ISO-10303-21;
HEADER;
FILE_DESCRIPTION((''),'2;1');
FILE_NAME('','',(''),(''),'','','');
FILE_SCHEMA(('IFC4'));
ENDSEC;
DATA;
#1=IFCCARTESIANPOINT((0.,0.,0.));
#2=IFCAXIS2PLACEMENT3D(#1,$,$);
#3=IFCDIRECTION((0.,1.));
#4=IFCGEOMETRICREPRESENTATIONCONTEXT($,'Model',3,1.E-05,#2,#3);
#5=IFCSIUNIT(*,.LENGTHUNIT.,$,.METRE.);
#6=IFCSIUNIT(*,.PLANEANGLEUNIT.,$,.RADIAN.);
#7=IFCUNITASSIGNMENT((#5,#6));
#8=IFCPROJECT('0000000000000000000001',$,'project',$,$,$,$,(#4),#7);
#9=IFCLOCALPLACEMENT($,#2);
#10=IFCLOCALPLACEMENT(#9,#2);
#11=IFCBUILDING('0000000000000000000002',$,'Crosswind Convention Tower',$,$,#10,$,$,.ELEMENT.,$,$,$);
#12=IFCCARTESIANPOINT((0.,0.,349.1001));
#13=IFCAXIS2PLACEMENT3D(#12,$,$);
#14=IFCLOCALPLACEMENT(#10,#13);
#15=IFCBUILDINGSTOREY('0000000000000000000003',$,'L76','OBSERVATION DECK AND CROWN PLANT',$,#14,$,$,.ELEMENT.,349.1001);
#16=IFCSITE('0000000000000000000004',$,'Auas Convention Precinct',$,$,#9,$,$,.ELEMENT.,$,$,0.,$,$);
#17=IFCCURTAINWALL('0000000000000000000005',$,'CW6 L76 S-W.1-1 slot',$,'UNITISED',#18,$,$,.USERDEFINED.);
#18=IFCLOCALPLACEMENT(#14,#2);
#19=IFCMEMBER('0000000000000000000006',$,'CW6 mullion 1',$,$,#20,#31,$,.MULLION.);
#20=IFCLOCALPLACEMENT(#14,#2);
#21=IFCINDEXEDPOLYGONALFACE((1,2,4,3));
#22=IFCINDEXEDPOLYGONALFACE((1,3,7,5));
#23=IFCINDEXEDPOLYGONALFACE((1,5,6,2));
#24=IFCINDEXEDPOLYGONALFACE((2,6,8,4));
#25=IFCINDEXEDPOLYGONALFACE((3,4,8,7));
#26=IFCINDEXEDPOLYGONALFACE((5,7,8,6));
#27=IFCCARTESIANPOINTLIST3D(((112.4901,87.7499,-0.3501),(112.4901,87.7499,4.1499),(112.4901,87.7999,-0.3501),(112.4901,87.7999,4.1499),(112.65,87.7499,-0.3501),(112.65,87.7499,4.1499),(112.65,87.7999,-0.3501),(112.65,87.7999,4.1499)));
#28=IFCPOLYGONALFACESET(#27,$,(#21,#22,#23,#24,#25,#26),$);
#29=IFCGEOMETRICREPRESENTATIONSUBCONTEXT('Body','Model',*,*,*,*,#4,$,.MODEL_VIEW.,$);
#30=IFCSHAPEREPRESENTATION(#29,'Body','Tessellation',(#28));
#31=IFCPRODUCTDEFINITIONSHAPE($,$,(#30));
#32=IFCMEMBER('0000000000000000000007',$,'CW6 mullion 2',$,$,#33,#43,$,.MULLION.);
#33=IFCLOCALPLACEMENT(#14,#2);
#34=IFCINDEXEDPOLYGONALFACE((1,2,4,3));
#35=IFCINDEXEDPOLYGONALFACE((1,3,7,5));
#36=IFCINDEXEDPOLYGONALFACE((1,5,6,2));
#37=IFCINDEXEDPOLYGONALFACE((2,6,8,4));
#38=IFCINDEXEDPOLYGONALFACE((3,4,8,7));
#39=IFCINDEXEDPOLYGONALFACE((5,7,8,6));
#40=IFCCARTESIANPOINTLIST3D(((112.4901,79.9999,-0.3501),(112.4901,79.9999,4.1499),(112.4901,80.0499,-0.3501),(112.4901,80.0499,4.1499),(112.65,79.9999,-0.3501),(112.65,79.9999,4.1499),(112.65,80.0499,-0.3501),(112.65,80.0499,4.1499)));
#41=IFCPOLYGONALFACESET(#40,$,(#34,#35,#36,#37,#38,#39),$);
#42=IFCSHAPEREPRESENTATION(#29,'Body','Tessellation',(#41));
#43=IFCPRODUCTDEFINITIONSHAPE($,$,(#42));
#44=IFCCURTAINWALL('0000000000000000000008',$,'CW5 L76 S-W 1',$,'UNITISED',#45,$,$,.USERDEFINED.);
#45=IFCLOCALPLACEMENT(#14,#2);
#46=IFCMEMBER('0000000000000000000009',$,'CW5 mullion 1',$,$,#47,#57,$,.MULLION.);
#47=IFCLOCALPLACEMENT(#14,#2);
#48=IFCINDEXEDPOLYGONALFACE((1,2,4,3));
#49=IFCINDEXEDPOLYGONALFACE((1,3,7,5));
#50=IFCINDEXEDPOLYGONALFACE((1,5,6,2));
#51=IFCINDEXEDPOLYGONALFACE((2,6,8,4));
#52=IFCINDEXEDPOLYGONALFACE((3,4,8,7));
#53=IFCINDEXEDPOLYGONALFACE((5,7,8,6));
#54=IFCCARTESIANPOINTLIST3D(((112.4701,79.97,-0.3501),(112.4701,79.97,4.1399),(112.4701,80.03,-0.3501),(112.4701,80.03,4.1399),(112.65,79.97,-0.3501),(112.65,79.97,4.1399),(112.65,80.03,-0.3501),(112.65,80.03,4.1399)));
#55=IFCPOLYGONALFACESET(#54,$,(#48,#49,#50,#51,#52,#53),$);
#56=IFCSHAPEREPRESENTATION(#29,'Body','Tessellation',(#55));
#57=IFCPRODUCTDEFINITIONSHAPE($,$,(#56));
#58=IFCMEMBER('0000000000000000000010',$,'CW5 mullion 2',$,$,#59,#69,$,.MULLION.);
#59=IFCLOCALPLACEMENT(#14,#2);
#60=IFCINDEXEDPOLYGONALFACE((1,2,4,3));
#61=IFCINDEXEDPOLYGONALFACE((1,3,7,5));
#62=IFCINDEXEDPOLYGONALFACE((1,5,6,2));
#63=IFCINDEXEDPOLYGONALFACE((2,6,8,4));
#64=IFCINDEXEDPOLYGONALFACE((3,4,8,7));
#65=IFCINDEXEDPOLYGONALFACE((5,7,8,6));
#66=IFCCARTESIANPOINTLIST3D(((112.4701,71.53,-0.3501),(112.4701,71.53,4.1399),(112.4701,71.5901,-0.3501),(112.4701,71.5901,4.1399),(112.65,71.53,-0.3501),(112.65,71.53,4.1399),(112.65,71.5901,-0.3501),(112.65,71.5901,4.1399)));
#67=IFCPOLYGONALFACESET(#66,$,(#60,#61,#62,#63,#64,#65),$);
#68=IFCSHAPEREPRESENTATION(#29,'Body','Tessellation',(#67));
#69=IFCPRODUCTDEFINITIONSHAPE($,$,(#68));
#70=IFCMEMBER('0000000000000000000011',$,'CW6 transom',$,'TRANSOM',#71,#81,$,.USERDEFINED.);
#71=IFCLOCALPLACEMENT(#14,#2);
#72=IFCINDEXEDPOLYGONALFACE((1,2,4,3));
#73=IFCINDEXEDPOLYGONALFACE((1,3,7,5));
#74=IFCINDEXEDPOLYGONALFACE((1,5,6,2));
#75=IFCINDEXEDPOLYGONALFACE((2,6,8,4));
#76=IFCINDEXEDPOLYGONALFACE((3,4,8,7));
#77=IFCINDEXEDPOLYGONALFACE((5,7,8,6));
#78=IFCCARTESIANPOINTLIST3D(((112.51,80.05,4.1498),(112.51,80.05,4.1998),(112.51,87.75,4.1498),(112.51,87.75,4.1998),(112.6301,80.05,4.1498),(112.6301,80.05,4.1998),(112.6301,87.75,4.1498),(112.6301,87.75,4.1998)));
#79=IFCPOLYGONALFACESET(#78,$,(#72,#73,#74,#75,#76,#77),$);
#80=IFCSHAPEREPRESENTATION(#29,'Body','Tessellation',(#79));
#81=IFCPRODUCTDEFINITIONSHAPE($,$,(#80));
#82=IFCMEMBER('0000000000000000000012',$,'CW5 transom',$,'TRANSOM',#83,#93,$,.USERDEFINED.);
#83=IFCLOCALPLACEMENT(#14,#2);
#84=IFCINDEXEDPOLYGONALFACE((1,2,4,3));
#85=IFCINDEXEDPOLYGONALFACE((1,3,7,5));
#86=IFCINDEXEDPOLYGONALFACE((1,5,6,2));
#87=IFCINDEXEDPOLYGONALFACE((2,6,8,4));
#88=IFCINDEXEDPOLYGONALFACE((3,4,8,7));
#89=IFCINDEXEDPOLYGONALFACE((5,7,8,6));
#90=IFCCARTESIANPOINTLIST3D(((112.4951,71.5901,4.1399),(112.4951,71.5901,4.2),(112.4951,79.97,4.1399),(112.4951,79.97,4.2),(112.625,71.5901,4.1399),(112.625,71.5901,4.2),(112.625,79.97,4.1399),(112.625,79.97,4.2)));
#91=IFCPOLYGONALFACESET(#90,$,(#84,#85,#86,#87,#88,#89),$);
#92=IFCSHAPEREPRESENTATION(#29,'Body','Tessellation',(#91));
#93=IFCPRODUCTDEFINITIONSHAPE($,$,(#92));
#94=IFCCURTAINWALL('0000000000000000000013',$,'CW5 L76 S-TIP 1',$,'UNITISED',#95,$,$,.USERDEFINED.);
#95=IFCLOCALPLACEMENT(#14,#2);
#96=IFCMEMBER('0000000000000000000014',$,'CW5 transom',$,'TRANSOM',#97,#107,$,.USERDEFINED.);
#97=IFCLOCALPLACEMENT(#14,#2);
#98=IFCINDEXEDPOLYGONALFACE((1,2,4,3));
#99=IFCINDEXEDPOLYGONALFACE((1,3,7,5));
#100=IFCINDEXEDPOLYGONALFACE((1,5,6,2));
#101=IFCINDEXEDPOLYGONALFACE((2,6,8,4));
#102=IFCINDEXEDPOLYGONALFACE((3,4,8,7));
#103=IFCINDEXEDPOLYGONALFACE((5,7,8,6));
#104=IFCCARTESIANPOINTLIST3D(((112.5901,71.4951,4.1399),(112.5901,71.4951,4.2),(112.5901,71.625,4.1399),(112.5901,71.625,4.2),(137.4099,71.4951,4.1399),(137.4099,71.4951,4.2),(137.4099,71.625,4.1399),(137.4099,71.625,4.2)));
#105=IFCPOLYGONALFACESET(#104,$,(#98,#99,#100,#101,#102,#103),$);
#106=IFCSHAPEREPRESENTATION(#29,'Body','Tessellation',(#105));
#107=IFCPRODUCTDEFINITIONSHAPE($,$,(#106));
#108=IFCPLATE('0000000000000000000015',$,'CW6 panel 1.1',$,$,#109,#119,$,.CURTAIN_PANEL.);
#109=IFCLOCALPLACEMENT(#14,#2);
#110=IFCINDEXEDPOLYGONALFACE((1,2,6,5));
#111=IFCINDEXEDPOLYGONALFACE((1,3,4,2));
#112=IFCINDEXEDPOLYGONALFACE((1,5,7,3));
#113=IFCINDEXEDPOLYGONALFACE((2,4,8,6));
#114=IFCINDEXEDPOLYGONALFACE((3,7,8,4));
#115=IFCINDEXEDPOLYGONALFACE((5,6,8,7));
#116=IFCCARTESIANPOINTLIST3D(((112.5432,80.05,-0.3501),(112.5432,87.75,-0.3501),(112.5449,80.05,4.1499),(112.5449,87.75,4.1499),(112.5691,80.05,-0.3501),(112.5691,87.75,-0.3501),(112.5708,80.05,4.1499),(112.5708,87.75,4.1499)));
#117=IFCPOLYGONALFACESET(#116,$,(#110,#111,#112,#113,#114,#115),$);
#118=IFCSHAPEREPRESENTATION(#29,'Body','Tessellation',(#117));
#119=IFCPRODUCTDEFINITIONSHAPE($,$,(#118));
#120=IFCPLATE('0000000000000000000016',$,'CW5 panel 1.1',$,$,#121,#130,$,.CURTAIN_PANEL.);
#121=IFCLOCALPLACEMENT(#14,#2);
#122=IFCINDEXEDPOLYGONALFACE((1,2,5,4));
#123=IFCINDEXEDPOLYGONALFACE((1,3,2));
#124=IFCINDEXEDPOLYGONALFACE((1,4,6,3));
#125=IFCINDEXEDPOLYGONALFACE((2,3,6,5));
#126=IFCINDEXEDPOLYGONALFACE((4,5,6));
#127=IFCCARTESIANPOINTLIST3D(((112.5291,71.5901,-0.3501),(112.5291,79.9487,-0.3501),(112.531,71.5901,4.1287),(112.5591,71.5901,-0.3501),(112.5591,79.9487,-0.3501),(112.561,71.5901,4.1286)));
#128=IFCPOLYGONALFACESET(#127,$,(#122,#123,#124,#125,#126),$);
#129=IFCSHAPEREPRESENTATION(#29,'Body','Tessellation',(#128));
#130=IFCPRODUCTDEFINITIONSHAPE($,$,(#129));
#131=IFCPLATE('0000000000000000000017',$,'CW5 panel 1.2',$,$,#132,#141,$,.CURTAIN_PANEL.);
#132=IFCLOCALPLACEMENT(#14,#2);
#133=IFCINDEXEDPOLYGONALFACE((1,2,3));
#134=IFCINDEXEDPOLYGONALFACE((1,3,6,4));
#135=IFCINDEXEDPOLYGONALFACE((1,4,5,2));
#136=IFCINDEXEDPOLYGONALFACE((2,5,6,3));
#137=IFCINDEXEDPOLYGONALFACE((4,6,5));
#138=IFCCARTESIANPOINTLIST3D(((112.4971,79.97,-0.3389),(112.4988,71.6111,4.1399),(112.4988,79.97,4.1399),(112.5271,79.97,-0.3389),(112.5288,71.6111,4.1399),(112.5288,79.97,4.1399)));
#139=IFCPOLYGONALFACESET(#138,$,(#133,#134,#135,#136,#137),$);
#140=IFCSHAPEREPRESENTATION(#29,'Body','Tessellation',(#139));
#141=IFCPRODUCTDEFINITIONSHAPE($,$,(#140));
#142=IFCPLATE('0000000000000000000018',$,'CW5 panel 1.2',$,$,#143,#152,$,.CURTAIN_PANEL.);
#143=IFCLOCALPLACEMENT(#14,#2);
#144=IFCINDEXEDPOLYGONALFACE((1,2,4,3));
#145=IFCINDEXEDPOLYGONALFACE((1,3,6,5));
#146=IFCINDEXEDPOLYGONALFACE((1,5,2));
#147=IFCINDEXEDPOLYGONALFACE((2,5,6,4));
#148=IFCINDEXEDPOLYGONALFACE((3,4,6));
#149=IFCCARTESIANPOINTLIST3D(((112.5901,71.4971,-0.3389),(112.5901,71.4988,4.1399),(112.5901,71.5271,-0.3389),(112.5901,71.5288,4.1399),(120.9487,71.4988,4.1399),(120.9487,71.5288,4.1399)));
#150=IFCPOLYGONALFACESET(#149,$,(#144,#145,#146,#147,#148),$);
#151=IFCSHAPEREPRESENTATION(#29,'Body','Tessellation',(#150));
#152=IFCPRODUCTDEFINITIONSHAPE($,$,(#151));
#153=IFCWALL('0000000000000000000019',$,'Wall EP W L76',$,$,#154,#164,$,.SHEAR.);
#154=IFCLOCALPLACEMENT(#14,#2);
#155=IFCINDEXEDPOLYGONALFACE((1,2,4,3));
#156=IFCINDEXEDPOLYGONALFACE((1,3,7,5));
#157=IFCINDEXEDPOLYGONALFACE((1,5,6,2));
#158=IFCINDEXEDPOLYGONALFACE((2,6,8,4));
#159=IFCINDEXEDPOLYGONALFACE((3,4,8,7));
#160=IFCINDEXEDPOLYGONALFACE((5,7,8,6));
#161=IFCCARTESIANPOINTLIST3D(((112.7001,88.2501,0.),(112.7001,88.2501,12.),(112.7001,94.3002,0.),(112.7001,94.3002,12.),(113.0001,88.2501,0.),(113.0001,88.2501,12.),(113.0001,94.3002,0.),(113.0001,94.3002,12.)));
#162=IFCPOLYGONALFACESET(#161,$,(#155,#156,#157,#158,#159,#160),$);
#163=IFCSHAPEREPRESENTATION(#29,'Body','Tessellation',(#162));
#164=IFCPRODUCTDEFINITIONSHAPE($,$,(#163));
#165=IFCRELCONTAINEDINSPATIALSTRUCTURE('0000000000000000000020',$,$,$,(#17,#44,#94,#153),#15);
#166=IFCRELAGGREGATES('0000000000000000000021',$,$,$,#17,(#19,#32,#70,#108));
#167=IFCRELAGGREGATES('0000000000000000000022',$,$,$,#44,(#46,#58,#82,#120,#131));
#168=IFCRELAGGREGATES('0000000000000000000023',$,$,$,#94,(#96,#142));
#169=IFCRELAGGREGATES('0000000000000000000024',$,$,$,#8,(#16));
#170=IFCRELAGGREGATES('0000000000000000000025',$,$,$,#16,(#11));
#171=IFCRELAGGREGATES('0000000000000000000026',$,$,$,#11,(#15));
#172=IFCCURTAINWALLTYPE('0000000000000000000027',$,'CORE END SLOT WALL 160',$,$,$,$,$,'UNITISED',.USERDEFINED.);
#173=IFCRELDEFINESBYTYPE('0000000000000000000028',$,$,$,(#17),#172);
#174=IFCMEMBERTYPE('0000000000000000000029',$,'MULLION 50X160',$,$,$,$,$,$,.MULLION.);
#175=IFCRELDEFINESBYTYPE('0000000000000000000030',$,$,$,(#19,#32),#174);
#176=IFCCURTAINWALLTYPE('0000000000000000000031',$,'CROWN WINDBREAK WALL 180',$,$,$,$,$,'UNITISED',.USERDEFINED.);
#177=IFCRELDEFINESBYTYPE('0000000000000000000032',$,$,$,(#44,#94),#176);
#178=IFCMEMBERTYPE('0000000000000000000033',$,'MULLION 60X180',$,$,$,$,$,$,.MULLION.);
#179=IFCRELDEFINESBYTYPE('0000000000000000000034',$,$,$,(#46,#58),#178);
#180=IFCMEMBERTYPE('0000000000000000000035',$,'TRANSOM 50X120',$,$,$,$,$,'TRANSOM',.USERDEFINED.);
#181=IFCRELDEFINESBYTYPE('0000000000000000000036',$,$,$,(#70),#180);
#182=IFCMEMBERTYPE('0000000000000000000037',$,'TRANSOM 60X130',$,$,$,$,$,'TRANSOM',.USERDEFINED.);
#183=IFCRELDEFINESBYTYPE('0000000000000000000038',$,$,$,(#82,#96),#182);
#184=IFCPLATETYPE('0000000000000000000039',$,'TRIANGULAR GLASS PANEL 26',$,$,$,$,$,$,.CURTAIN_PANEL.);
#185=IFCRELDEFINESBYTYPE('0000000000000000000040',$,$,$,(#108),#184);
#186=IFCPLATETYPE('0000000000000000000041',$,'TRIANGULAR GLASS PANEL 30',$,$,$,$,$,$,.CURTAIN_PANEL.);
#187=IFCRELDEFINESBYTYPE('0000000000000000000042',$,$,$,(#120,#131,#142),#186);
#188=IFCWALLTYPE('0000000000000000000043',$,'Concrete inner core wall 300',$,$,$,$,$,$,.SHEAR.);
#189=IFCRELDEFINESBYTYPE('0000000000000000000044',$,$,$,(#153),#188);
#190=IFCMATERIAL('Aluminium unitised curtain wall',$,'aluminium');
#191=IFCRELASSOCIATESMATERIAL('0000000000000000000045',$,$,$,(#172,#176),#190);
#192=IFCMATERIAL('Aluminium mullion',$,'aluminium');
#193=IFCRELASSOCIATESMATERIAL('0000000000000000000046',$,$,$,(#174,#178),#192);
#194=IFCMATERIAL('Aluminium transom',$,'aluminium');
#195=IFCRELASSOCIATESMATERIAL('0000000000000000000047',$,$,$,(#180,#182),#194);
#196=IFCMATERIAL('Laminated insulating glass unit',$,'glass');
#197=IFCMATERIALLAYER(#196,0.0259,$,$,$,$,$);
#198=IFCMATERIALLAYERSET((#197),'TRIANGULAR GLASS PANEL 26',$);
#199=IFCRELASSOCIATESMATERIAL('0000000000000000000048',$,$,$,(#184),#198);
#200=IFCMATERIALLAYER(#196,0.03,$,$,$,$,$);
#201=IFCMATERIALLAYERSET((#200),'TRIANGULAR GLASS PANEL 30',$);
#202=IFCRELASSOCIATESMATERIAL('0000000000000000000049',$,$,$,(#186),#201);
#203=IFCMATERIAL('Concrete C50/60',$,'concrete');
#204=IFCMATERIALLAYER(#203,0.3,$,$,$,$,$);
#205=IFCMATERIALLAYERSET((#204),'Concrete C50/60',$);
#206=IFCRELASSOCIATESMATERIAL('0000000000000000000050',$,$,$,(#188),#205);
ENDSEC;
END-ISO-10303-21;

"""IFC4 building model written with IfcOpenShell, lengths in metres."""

from ifc_helpers import new_model, si_unit, direction, frame, frame_2d, origin, origin_2d, place, context, subcontext, project, spatial, polyline, rectangle, outline, extrude, material, layer, layer_set, material_profile, profile_set, type_object, element, aggregate, save


model = new_model("IFC4")

# Units and contexts
model_context = context("Model", 3, precision=1e-05, world=origin(), true_north=direction((0.0, 1.0)))
body_context = subcontext(model_context, "Body", "Model", "MODEL_VIEW")
ifc_project = project(units=[si_unit("LENGTHUNIT", "METRE"), si_unit("PLANEANGLEUNIT", "RADIAN")], contexts=[model_context])

# Site, building, storey
site_placement = place(None, origin())
site = spatial("IfcSite", under=ifc_project, at=site_placement, Name="Auas Convention Precinct", CompositionType="ELEMENT", RefElevation=0.0)
building_placement = place(site_placement, origin())
building = spatial("IfcBuilding", under=site, at=building_placement, Name="Crosswind Convention Tower", CompositionType="ELEMENT")
storey_placement = place(building_placement, frame((0.0, 0.0, 349.1001)))
storey = spatial("IfcBuildingStorey", under=building, at=storey_placement, Name="L76", Description="OBSERVATION DECK AND CROWN PLANT", CompositionType="ELEMENT", Elevation=349.1001)

# Curtain walls, members
ifc_material_1 = material(Name="Aluminium unitised curtain wall", Category="aluminium")
curtain_wall_type_1 = type_object("IfcCurtainWallType", Name="CORE END SLOT WALL 160", ElementType="UNITISED", PredefinedType="USERDEFINED", material=ifc_material_1)
curtain_wall_1_placement = place(storey_placement, origin())
curtain_wall_1 = element("IfcCurtainWall", 1, at=curtain_wall_1_placement, inside=storey, type_object=curtain_wall_type_1, Name="CW6 L76 S-W.1-1 slot", ObjectType="UNITISED", PredefinedType="USERDEFINED")
ifc_material_2 = material(Name="Aluminium mullion", Category="aluminium")
ifc_material_profile_1 = material_profile(ifc_material_2, rectangle(XDim=0.1599, YDim=0.05, at=origin_2d()), Name="AL 160X50")
ifc_profile_set_1 = profile_set([ifc_material_profile_1], Name="Aluminium mullion")
member_type_1 = type_object("IfcMemberType", Name="MULLION 50X160", PredefinedType="MULLION", material=ifc_profile_set_1)
member_1_placement = place(storey_placement, frame((112.5701, 87.7749, -0.3501), z_axis=(0.0, 0.0, 1.0), x_axis=(-1.0, 0.0, 0.0)))
member_1 = element("IfcMember", 2, at=member_1_placement, type_object=member_type_1, Name="CW6 mullion 1", PredefinedType="MULLION", context=body_context, shape_type="SweptSolid", body=[
    extrude(rectangle(XDim=0.1599, YDim=0.05, at=origin_2d()), origin(), (0.0, 0.0, 1.0), 4.5),
])
member_2_placement = place(storey_placement, frame((112.5701, 80.0249, -0.3501), z_axis=(0.0, 0.0, 1.0), x_axis=(-1.0, 0.0, 0.0)))
member_2 = element("IfcMember", 3, at=member_2_placement, type_object=member_type_1, Name="CW6 mullion 2", PredefinedType="MULLION", context=body_context, shape_type="SweptSolid", body=[
    extrude(rectangle(XDim=0.1599, YDim=0.05, at=origin_2d()), origin(), (0.0, 0.0, 1.0), 4.5),
])
curtain_wall_type_2 = type_object("IfcCurtainWallType", Name="CROWN WINDBREAK WALL 180", ElementType="UNITISED", PredefinedType="USERDEFINED", material=ifc_material_1)
curtain_wall_2_placement = place(storey_placement, origin())
curtain_wall_2 = element("IfcCurtainWall", 4, at=curtain_wall_2_placement, inside=storey, type_object=curtain_wall_type_2, Name="CW5 L76 S-W 1", ObjectType="UNITISED", PredefinedType="USERDEFINED")
ifc_material_profile_2 = material_profile(ifc_material_2, rectangle(XDim=0.1799, YDim=0.0601, at=origin_2d()), Name="AL 180X60")
ifc_profile_set_2 = profile_set([ifc_material_profile_2], Name="Aluminium mullion")
member_type_2 = type_object("IfcMemberType", Name="MULLION 60X180", PredefinedType="MULLION", material=ifc_profile_set_2)
member_3_placement = place(storey_placement, frame((112.5601, 80.0, -0.3501), z_axis=(0.0, 0.0, 1.0), x_axis=(-1.0, 0.0, 0.0)))
member_3 = element("IfcMember", 5, at=member_3_placement, type_object=member_type_2, Name="CW5 mullion 1", PredefinedType="MULLION", context=body_context, shape_type="SweptSolid", body=[
    extrude(rectangle(XDim=0.1799, YDim=0.0601, at=origin_2d()), origin(), (0.0, 0.0, 1.0), 4.49),
])
member_4_placement = place(storey_placement, frame((112.5601, 71.5601, -0.3501), z_axis=(0.0, 0.0, 1.0), x_axis=(-1.0, 0.0, 0.0)))
member_4 = element("IfcMember", 6, at=member_4_placement, type_object=member_type_2, Name="CW5 mullion 2", PredefinedType="MULLION", context=body_context, shape_type="SweptSolid", body=[
    extrude(rectangle(XDim=0.1799, YDim=0.0601, at=origin_2d()), origin(), (0.0, 0.0, 1.0), 4.49),
])

# Members
ifc_material_3 = material(Name="Aluminium transom", Category="aluminium")
ifc_material_profile_3 = material_profile(ifc_material_3, rectangle(XDim=0.1201, YDim=0.05, at=origin_2d()), Name="AL 120X50")
ifc_profile_set_3 = profile_set([ifc_material_profile_3], Name="Aluminium transom")
member_type_3 = type_object("IfcMemberType", Name="TRANSOM 50X120", ElementType="TRANSOM", PredefinedType="USERDEFINED", material=ifc_profile_set_3)
member_5_placement = place(storey_placement, frame((112.5701, 87.75, 4.1748), z_axis=(0.0, -1.0, 0.0), x_axis=(1.0, 0.0, 0.0)))
member_5 = element("IfcMember", 7, at=member_5_placement, type_object=member_type_3, Name="CW6 transom", ObjectType="TRANSOM", PredefinedType="USERDEFINED", context=body_context, shape_type="SweptSolid", body=[
    extrude(rectangle(XDim=0.1201, YDim=0.05, at=origin_2d()), origin(), (0.0, 0.0, 1.0), 7.7),
])
ifc_material_profile_4 = material_profile(ifc_material_3, rectangle(XDim=0.1299, YDim=0.0601, at=origin_2d()), Name="AL 130X60")
ifc_profile_set_4 = profile_set([ifc_material_profile_4], Name="Aluminium transom")
member_type_4 = type_object("IfcMemberType", Name="TRANSOM 60X130", ElementType="TRANSOM", PredefinedType="USERDEFINED", material=ifc_profile_set_4)
member_6_placement = place(storey_placement, frame((112.5601, 79.97, 4.1699), z_axis=(0.0, -1.0, 0.0), x_axis=(1.0, 0.0, 0.0)))
member_6 = element("IfcMember", 8, at=member_6_placement, type_object=member_type_4, Name="CW5 transom", ObjectType="TRANSOM", PredefinedType="USERDEFINED", context=body_context, shape_type="SweptSolid", body=[
    extrude(rectangle(XDim=0.1299, YDim=0.0601, at=origin_2d()), origin(), (0.0, 0.0, 1.0), 8.3799),
])

# Curtain wall, member
curtain_wall_3_placement = place(storey_placement, origin())
curtain_wall_3 = element("IfcCurtainWall", 9, at=curtain_wall_3_placement, inside=storey, type_object=curtain_wall_type_2, Name="CW5 L76 S-TIP 1", ObjectType="UNITISED", PredefinedType="USERDEFINED")
member_7_placement = place(storey_placement, frame((112.5901, 71.5601, 4.1699), z_axis=(1.0, 0.0, 0.0), x_axis=(0.0, 1.0, 0.0)))
member_7 = element("IfcMember", 10, at=member_7_placement, type_object=member_type_4, Name="CW5 transom", ObjectType="TRANSOM", PredefinedType="USERDEFINED", context=body_context, shape_type="SweptSolid", body=[
    extrude(rectangle(XDim=0.1299, YDim=0.0601, at=origin_2d()), origin(), (0.0, 0.0, 1.0), 24.8198),
])

# Plates
ifc_material_4 = material(Name="Laminated insulating glass unit", Category="glass")
ifc_layer_1 = layer(ifc_material_4, 0.0259)
ifc_layer_set_1 = layer_set([ifc_layer_1], Name="TRIANGULAR GLASS PANEL 26")
plate_type_1 = type_object("IfcPlateType", Name="TRIANGULAR GLASS PANEL 26", PredefinedType="CURTAIN_PANEL", material=ifc_layer_set_1)
plate_1_placement = place(storey_placement, frame((112.5432, 87.75, -0.3501), z_axis=(-1.0, 0.0, 0.00038), x_axis=(0.0, -1.0, 0.0)))
plate_1 = element("IfcPlate", 11, at=plate_1_placement, type_object=plate_type_1, Name="CW6 panel 1.1", PredefinedType="CURTAIN_PANEL", context=body_context, shape_type="SweptSolid", body=[
    extrude(outline(polyline([(0.0, 0.0), (7.7, 0.0), (7.7, 4.5), (0.0, 4.5), (0.0, 0.0)])), origin(), (0.0, 0.0, -1.0), 0.0259),
])
aggregate(curtain_wall_1, [member_1, member_2, member_5, plate_1])
ifc_layer_2 = layer(ifc_material_4, 0.03)
ifc_layer_set_2 = layer_set([ifc_layer_2], Name="TRIANGULAR GLASS PANEL 30")
plate_type_2 = type_object("IfcPlateType", Name="TRIANGULAR GLASS PANEL 30", PredefinedType="CURTAIN_PANEL", material=ifc_layer_set_2)
plate_2_placement = place(storey_placement, frame((112.5291, 71.5901, -0.3501), z_axis=(-1.0, 0.0, 0.000436), x_axis=(0.000436, 0.0, 1.0)))
plate_2 = element("IfcPlate", 12, at=plate_2_placement, type_object=plate_type_2, Name="CW5 panel 1.1", PredefinedType="CURTAIN_PANEL", context=body_context, shape_type="SweptSolid", body=[
    extrude(outline(polyline([(0.0, 0.0), (4.4788, 0.0), (0.0, 8.3586), (0.0, 0.0)])), origin(), (0.0, 0.0, -1.0), 0.03),
])
plate_3_placement = place(storey_placement, frame((112.4988, 79.97, 4.1399), z_axis=(-1.0, 0.0, 0.000382), x_axis=(-0.000382, 0.0, -1.0)))
plate_3 = element("IfcPlate", 13, at=plate_3_placement, type_object=plate_type_2, Name="CW5 panel 1.2", PredefinedType="CURTAIN_PANEL", context=body_context, shape_type="SweptSolid", body=[
    extrude(outline(polyline([(0.0, 0.0), (4.4788, 0.0), (0.0, 8.3589), (0.0, 0.0)])), origin(), (0.0, 0.0, -1.0), 0.03),
])
plate_4_placement = place(storey_placement, frame((112.5901, 71.4988, 4.1399), z_axis=(0.0, -1.0, 0.000382), x_axis=(0.0, -0.000382, -1.0)))
plate_4 = element("IfcPlate", 14, at=plate_4_placement, type_object=plate_type_2, Name="CW5 panel 1.2", PredefinedType="CURTAIN_PANEL", context=body_context, shape_type="SweptSolid", body=[
    extrude(outline(polyline([(0.0, 0.0), (4.4788, 0.0), (0.0, 8.3586), (0.0, 0.0)])), origin(), (0.0, 0.0, -1.0), 0.03),
])

# Wall
ifc_material_5 = material(Name="Concrete C50/60", Category="concrete")
ifc_layer_3 = layer(ifc_material_5, 0.3)
ifc_layer_set_3 = layer_set([ifc_layer_3], Name="Concrete C50/60")
wall_type_1 = type_object("IfcWallType", Name="Concrete inner core wall 300", PredefinedType="SHEAR", material=ifc_layer_set_3)
wall_1_placement = place(storey_placement, frame((112.8501, 94.3, 0.0), z_axis=(0.0, 0.0, 1.0), x_axis=(0.0, -1.0, 0.0)))
element("IfcWall", 15, at=wall_1_placement, inside=storey, type_object=wall_type_1, Name="Wall EP W L76", PredefinedType="SHEAR", context=body_context, shape_type="SweptSolid", body=[
    extrude(rectangle(XDim=6.05, YDim=0.3, at=frame_2d((3.0249, 0.0))), origin(), (0.0, 0.0, 1.0), 12.0),
])

aggregate(curtain_wall_2, [member_3, member_4, member_6, plate_2, plate_3])
aggregate(curtain_wall_3, [member_7, plate_4])

save(model, "model.ifc")
